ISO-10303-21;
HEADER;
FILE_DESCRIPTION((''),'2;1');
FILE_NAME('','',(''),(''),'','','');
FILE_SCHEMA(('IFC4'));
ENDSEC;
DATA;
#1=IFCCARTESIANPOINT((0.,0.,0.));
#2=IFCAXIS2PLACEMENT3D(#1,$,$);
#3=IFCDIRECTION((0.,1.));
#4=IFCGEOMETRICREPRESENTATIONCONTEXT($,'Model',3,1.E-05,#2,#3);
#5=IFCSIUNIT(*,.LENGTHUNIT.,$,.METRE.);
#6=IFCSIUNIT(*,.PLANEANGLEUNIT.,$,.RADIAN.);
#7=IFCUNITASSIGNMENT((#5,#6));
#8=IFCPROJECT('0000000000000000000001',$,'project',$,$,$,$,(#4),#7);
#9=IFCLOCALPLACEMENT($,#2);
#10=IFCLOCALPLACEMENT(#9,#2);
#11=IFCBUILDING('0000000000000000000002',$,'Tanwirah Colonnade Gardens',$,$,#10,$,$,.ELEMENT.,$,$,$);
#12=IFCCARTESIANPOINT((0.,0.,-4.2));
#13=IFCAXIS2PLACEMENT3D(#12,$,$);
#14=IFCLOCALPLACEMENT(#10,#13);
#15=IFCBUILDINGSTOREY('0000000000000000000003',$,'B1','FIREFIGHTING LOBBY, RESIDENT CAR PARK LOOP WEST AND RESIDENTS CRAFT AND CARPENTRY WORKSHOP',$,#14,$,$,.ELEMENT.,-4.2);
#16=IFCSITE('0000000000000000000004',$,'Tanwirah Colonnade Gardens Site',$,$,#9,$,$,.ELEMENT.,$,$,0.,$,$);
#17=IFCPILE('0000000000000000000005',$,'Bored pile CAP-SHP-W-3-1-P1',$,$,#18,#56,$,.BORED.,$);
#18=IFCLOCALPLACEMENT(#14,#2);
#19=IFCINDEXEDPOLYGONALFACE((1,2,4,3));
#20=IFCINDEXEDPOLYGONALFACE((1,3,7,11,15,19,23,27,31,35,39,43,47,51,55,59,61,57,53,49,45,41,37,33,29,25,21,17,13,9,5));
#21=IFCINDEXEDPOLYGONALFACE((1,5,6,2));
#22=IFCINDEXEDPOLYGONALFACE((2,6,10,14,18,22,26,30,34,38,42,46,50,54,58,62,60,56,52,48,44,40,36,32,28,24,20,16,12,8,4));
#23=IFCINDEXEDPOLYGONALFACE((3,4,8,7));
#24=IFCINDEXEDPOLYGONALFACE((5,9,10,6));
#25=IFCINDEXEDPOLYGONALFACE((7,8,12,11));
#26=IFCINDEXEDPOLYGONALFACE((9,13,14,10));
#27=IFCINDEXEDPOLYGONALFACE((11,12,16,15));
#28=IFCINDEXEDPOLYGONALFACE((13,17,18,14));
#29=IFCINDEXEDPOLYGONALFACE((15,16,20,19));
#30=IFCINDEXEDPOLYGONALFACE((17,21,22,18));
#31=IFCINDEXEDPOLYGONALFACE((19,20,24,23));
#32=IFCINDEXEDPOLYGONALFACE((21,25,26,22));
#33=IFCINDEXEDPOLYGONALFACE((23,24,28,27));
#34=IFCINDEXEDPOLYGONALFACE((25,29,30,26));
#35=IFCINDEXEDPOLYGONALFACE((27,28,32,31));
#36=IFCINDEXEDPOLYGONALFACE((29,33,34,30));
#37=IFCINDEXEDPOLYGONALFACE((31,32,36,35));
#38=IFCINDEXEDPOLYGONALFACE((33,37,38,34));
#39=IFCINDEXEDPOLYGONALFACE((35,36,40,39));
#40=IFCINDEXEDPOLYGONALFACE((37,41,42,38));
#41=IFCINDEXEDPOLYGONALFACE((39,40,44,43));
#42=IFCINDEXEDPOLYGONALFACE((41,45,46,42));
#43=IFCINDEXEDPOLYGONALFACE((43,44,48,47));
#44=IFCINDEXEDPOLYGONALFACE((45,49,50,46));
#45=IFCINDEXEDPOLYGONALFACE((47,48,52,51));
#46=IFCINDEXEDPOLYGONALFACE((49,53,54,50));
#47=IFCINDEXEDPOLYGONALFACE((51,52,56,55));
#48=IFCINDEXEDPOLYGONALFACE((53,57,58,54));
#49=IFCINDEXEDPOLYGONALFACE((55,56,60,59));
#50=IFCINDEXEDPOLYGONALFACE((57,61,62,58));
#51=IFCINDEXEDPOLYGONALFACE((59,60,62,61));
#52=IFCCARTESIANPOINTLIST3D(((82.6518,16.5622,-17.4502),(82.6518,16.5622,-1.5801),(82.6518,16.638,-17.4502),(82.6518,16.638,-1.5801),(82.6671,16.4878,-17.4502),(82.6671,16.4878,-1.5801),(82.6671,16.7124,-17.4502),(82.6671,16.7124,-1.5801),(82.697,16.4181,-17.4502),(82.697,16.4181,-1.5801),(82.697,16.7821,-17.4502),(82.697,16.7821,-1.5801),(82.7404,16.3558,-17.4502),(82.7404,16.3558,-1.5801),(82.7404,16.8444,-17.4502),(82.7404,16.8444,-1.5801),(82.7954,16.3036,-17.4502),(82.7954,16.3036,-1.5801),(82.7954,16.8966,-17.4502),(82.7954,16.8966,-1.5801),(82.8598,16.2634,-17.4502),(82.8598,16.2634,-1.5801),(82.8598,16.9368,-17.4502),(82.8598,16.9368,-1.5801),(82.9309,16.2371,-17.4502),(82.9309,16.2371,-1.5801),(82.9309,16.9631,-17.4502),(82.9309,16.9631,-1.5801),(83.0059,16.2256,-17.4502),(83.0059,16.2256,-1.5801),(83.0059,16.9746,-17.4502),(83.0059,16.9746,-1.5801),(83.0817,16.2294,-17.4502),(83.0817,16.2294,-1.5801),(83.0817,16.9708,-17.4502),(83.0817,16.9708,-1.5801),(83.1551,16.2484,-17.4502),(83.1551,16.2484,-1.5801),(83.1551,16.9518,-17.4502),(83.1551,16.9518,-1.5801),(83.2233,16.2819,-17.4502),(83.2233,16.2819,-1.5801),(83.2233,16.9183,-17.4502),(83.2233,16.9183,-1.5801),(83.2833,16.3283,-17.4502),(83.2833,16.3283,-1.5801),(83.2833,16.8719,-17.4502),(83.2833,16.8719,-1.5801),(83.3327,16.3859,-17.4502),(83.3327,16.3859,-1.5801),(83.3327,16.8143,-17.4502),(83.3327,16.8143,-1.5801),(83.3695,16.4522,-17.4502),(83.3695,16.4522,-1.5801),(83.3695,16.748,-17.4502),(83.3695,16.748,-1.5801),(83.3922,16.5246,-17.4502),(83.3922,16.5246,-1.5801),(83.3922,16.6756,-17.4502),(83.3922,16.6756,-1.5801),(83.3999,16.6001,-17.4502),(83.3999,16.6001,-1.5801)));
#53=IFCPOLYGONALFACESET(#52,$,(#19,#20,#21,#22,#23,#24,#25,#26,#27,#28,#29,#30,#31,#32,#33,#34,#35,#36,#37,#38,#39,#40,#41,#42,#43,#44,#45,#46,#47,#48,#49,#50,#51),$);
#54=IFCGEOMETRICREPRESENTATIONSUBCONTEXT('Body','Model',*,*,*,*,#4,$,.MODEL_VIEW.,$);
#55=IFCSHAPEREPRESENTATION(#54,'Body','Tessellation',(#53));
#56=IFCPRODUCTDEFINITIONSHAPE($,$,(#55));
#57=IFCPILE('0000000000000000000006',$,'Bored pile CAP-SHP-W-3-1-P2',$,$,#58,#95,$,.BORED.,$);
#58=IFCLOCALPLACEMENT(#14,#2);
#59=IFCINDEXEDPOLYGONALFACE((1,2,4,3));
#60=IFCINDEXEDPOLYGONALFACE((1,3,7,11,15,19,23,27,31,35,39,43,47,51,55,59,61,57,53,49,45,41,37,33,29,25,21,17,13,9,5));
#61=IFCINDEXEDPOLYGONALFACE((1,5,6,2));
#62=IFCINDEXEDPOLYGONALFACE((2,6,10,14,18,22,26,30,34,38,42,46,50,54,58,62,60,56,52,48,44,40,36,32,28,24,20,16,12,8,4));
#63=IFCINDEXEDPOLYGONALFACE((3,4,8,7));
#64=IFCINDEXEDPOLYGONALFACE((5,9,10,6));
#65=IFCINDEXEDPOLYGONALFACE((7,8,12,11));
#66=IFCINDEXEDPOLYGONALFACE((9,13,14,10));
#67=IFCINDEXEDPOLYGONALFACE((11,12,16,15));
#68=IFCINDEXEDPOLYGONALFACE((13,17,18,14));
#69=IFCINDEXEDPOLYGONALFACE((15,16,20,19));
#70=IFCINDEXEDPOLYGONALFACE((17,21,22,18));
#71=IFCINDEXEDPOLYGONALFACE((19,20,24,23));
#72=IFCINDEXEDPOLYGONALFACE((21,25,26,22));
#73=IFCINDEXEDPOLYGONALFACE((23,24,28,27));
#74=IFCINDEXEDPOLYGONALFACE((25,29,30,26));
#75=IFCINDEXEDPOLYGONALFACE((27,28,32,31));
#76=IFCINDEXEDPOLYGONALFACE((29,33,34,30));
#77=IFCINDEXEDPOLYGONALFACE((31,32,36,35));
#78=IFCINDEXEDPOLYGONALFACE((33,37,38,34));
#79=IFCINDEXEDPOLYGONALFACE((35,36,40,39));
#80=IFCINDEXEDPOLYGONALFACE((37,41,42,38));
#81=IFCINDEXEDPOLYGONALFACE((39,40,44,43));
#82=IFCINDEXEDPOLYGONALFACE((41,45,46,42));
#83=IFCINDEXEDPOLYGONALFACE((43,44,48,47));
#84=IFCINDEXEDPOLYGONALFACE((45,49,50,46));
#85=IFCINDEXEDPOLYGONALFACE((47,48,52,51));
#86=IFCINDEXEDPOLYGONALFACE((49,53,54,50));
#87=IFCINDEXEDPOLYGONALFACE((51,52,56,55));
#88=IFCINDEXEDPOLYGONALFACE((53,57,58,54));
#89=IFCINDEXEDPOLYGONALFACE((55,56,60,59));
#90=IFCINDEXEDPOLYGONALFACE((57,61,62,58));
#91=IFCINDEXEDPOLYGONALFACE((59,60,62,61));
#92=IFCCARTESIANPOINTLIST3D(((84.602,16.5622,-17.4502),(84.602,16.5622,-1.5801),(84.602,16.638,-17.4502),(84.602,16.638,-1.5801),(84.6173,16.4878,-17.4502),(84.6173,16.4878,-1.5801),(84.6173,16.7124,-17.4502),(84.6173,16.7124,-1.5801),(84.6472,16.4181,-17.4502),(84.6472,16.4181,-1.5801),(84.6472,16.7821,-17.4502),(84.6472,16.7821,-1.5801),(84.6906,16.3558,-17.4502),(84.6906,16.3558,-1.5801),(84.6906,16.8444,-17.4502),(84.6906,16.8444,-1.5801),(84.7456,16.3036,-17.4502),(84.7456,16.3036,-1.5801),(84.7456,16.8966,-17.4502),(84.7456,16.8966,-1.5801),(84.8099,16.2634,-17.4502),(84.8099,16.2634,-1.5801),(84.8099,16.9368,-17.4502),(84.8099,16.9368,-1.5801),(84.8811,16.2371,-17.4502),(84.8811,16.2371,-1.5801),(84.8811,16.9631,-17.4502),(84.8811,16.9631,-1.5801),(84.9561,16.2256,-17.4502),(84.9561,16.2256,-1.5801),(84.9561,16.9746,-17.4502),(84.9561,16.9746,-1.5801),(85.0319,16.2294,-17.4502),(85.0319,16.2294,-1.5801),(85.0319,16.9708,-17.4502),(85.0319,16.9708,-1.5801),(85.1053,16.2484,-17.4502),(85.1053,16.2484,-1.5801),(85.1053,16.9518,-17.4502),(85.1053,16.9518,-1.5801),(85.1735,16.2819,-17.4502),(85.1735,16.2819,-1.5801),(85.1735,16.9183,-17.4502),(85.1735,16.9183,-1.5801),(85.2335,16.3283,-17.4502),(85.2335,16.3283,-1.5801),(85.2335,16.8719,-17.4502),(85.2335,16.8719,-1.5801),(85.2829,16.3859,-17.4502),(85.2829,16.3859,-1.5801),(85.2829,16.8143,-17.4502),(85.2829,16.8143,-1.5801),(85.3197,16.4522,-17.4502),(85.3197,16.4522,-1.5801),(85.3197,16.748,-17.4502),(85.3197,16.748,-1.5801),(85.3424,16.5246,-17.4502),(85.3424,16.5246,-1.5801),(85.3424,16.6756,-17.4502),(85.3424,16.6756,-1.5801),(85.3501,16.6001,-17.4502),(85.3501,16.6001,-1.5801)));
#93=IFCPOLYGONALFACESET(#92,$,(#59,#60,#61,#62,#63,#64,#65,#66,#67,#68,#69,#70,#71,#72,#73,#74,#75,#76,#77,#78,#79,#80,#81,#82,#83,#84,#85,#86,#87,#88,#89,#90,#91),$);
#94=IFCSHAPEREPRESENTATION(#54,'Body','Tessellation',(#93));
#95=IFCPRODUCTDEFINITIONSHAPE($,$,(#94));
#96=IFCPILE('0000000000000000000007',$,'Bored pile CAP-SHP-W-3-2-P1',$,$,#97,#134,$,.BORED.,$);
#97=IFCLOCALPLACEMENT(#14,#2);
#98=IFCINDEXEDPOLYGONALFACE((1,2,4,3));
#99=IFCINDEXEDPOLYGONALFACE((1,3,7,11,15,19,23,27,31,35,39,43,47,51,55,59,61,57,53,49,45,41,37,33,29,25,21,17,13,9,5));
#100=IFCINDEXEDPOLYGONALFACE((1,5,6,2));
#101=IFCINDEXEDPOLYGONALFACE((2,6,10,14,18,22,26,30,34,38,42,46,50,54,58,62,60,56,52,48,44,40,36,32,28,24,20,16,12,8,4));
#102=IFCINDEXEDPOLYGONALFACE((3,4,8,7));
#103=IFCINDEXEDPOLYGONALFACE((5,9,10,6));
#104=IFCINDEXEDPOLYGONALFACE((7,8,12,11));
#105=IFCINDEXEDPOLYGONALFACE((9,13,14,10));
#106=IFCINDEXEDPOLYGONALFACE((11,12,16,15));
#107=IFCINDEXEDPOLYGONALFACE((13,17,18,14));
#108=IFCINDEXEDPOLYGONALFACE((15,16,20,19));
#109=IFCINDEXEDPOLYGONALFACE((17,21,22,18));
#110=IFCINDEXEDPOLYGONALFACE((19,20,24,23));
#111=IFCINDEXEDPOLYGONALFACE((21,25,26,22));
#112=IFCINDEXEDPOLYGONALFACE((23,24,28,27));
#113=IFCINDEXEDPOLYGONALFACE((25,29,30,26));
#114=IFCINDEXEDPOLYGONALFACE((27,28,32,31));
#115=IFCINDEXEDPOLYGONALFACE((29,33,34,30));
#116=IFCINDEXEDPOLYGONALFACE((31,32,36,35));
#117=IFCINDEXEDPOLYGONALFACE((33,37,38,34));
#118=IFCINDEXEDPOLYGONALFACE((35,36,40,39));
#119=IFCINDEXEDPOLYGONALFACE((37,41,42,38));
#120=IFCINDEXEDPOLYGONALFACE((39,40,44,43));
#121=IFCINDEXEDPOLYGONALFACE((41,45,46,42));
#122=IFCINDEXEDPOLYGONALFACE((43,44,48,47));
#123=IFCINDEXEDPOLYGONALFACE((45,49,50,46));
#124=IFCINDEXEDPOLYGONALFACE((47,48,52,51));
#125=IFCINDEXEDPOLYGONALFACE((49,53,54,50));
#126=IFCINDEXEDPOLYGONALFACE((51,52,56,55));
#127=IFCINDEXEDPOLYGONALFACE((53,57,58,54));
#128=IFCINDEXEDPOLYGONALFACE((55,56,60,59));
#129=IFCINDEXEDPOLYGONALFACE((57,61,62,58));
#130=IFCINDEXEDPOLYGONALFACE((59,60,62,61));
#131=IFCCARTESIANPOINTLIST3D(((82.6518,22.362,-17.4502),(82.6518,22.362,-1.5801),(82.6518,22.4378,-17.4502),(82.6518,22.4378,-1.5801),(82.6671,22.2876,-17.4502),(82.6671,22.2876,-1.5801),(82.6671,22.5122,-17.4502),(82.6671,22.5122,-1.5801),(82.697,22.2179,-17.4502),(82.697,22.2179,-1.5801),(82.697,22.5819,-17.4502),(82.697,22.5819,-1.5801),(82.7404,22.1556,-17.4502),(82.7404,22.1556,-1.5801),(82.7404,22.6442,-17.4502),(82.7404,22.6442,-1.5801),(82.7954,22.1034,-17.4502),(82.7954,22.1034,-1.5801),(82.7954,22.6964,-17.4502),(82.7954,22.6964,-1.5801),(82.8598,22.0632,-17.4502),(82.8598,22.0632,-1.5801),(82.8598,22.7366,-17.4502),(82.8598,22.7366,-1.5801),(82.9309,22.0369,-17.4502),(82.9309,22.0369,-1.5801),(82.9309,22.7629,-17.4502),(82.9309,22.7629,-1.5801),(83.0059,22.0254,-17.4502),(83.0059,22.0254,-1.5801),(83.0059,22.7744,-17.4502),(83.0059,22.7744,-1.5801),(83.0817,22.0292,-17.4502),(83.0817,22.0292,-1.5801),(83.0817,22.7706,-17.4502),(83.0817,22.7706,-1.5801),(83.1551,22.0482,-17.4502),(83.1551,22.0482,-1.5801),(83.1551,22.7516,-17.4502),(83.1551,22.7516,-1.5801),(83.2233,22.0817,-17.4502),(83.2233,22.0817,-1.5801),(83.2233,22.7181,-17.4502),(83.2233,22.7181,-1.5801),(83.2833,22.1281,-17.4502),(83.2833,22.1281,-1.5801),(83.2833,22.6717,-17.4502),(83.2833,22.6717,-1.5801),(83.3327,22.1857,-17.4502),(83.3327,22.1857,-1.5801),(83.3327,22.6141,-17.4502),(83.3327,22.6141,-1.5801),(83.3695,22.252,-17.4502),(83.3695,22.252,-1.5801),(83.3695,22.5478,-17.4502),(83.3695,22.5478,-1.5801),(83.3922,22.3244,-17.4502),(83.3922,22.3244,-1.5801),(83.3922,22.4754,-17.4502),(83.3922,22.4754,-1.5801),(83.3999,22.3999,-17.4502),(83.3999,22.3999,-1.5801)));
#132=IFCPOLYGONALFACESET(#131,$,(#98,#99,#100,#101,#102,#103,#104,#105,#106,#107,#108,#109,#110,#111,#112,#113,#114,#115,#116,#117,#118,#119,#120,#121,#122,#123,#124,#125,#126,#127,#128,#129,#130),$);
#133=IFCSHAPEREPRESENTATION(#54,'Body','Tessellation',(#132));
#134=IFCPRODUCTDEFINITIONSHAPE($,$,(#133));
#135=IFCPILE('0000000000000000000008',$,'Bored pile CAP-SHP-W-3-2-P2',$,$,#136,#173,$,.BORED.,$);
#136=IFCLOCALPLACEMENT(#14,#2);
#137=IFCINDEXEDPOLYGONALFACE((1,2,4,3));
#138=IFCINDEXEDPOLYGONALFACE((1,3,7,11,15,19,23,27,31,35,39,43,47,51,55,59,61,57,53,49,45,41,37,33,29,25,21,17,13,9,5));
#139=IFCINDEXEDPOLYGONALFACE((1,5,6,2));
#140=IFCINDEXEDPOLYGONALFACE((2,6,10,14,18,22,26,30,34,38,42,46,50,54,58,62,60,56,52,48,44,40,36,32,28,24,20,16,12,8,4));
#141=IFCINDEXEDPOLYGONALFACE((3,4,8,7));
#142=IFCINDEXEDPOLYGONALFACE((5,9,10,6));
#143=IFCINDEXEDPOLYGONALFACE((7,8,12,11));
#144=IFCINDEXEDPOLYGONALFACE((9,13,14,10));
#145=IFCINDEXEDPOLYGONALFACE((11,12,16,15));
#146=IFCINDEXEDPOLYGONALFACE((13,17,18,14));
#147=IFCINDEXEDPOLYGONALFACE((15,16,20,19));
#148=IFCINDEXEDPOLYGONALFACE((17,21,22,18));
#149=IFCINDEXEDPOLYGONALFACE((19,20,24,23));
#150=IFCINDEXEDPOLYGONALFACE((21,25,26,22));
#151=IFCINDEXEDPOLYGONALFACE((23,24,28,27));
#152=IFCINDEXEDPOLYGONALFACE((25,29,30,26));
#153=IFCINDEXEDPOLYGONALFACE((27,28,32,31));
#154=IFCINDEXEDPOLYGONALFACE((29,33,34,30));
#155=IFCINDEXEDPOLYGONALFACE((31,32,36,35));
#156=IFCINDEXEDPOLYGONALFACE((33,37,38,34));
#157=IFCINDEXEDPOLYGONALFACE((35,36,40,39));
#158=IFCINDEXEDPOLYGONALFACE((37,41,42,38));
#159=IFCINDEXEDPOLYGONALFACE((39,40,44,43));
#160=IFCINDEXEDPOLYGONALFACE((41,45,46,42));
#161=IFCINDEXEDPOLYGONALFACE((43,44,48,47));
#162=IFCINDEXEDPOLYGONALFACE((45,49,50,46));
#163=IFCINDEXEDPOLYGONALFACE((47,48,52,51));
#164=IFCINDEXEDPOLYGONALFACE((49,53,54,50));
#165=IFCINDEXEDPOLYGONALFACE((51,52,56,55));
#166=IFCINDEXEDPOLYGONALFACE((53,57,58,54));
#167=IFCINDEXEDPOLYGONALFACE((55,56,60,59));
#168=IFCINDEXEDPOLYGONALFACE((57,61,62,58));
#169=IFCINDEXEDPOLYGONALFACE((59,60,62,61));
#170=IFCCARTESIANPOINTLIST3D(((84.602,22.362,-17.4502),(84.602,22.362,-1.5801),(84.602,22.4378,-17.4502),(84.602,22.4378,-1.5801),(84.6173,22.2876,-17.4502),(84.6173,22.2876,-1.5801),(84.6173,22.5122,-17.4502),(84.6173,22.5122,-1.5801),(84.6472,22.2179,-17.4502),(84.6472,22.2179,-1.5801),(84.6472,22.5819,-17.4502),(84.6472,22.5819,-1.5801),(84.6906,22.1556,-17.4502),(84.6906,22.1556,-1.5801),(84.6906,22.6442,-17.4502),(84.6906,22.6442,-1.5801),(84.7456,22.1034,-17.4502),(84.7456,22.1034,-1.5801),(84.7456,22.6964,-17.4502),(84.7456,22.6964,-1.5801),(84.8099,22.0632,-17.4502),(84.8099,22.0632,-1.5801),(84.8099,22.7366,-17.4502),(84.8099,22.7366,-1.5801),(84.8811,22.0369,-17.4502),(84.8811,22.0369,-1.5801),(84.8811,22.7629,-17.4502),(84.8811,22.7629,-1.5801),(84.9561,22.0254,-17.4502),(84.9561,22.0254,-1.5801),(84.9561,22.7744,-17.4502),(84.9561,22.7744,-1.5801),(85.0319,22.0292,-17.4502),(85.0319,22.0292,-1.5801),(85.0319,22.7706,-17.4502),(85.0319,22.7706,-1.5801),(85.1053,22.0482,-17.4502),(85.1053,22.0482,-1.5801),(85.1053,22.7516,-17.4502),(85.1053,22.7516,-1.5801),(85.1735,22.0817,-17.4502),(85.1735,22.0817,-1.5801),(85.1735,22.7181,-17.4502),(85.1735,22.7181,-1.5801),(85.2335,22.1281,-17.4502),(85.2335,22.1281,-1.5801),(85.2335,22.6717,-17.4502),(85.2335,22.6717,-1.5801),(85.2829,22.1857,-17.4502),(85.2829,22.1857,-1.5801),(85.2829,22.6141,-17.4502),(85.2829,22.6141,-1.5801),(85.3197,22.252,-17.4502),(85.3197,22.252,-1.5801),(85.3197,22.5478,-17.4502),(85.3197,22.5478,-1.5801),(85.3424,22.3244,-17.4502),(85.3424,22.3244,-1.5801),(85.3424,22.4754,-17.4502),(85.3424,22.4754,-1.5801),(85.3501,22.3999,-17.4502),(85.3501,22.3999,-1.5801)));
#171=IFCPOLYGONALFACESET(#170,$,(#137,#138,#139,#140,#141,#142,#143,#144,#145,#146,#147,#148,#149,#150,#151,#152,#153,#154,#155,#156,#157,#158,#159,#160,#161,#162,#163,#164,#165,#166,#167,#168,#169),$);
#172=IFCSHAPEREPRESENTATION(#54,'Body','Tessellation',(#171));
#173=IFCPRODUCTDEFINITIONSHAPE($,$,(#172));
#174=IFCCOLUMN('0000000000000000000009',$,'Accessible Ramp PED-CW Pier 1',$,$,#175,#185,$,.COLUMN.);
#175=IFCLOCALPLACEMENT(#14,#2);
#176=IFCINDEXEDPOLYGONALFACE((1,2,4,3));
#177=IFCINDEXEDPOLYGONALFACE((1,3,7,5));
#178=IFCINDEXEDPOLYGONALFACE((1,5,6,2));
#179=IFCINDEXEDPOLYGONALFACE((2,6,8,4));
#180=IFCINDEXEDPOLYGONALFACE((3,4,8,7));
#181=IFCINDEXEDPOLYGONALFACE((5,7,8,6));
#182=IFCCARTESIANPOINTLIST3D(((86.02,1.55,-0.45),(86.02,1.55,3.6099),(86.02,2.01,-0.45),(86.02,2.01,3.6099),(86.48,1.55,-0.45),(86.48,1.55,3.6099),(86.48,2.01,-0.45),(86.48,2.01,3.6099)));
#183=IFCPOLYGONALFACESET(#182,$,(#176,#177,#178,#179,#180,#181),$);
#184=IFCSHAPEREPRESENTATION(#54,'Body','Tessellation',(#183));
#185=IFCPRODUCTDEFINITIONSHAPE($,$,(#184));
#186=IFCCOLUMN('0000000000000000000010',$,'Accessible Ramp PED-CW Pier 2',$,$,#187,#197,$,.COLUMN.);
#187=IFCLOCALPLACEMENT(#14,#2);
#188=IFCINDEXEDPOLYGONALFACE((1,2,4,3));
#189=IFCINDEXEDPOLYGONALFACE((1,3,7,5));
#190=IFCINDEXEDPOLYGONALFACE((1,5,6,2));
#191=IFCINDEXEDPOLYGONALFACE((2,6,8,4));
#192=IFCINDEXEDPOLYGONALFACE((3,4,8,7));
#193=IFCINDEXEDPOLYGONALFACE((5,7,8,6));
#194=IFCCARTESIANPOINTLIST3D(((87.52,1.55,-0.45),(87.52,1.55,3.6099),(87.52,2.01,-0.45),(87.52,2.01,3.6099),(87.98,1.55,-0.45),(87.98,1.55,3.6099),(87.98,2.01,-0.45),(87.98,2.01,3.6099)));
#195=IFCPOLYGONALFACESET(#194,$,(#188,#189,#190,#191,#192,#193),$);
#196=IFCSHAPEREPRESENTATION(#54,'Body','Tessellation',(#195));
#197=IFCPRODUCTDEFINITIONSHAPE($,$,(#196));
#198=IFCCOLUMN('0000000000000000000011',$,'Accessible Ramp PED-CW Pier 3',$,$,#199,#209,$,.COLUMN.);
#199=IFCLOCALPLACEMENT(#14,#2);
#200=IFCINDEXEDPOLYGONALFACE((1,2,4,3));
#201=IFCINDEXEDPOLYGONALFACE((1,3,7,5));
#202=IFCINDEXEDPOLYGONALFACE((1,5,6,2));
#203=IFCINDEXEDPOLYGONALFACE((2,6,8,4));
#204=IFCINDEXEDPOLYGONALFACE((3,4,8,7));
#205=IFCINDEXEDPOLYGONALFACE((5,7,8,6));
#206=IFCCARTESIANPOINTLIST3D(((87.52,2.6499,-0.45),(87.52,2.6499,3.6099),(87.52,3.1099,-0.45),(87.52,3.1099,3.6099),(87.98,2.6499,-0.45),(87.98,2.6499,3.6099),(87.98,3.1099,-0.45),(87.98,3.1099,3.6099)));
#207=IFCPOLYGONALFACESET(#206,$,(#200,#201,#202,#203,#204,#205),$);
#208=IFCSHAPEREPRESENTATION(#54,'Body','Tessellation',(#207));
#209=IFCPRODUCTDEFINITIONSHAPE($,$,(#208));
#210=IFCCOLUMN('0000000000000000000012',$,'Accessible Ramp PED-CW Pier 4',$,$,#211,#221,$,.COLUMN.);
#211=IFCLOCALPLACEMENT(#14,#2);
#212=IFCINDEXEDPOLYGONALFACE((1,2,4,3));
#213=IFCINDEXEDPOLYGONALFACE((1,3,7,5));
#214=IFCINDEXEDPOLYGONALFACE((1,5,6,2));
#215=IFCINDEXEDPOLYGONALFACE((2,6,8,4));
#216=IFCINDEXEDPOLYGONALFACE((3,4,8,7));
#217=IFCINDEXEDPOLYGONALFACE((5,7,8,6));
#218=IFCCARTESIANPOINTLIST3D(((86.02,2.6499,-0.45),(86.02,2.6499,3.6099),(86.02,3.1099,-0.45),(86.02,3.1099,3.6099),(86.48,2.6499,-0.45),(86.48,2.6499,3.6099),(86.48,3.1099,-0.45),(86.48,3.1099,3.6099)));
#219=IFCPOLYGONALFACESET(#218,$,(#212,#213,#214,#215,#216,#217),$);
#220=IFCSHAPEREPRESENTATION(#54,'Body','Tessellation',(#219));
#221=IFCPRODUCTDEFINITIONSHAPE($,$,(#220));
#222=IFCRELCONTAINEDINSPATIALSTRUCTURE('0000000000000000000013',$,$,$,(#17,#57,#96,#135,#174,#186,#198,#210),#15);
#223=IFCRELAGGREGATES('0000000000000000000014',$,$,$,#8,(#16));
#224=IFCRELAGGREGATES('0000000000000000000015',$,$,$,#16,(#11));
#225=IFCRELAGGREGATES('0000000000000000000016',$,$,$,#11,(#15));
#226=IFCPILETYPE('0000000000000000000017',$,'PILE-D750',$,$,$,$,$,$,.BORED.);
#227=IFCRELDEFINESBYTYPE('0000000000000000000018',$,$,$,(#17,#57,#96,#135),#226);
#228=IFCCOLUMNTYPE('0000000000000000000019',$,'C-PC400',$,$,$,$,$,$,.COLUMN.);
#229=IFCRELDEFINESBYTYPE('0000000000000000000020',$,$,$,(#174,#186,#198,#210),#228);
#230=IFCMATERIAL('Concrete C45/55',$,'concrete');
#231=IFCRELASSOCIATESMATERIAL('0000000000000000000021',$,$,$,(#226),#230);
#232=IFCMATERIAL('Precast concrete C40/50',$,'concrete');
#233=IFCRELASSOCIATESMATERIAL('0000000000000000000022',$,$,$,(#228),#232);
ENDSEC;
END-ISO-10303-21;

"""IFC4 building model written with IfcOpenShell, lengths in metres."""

from ifc_helpers import new_model, si_unit, direction, frame, origin, origin_2d, place, context, subcontext, project, spatial, rectangle, circle, extrude, material, material_profile, profile_set, type_object, element, save


model = new_model("IFC4")

# Units and contexts
model_context = context("Model", 3, precision=1e-05, world=origin(), true_north=direction((0.0, 1.0)))
body_context = subcontext(model_context, "Body", "Model", "MODEL_VIEW")
ifc_project = project(units=[si_unit("LENGTHUNIT", "METRE"), si_unit("PLANEANGLEUNIT", "RADIAN")], contexts=[model_context])

# Site, building, storey
site_placement = place(None, origin())
site = spatial("IfcSite", under=ifc_project, at=site_placement, Name="Tanwirah Colonnade Gardens Site", CompositionType="ELEMENT", RefElevation=0.0)
building_placement = place(site_placement, origin())
building = spatial("IfcBuilding", under=site, at=building_placement, Name="Tanwirah Colonnade Gardens", CompositionType="ELEMENT")
storey_placement = place(building_placement, frame((0.0, 0.0, -4.2)))
storey = spatial("IfcBuildingStorey", under=building, at=storey_placement, Name="B1", Description="FIREFIGHTING LOBBY, RESIDENT CAR PARK LOOP WEST AND RESIDENTS CRAFT AND CARPENTRY WORKSHOP", CompositionType="ELEMENT", Elevation=-4.2)

# Shared definitions
ifc_material_1 = material(Name="Concrete C45/55", Category="concrete")

# Piles
ifc_material_profile_1 = material_profile(ifc_material_1, circle(Radius=0.375, at=origin_2d()), Name="PILE D750")
ifc_profile_set_1 = profile_set([ifc_material_profile_1], Name="Concrete C45/55")
pile_type = type_object("IfcPileType", Name="PILE-D750", PredefinedType="BORED", material=ifc_profile_set_1)
for number, where, z_axis, x_axis, name in (
    (1, (83.0249, 16.6001, -1.5801), (0.0, 0.0, -1.0), (1.0, 0.0, 0.0), "Bored pile CAP-SHP-W-3-1-P1"),
    (2, (84.9751, 16.6001, -1.5801), (0.0, 0.0, -1.0), (1.0, 0.0, 0.0), "Bored pile CAP-SHP-W-3-1-P2"),
    (3, (83.0249, 22.3999, -1.5801), (0.0, 0.0, -1.0), (1.0, 0.0, 0.0), "Bored pile CAP-SHP-W-3-2-P1"),
    (4, (84.9751, 22.3999, -1.5801), (0.0, 0.0, -1.0), (1.0, 0.0, 0.0), "Bored pile CAP-SHP-W-3-2-P2"),
):
    element("IfcPile", number, at=place(storey_placement, frame(where, z_axis=z_axis, x_axis=x_axis)), inside=storey, type_object=pile_type, Name=name, PredefinedType="BORED", context=body_context, shape_type="SweptSolid", body=[
        extrude(circle(Radius=0.375, at=origin_2d()), origin(), (0.0, 0.0, 1.0), 15.8701),
    ])

# Columns
ifc_material_2 = material(Name="Precast concrete C40/50", Category="concrete")
ifc_material_profile_2 = material_profile(ifc_material_2, rectangle(XDim=0.46, YDim=0.46, at=origin_2d()), Name="PC-COL 460x460")
ifc_profile_set_2 = profile_set([ifc_material_profile_2], Name="Precast concrete C40/50")
column_type_1 = type_object("IfcColumnType", Name="C-PC400", PredefinedType="COLUMN", material=ifc_profile_set_2)
for number, where, z_axis, x_axis, name in (
    (5, (86.25, 1.78, -0.45), (0.0, 0.0, 1.0), (1.0, 0.0, 0.0), "Accessible Ramp PED-CW Pier 1"),
    (6, (87.75, 1.78, -0.45), (0.0, 0.0, 1.0), (1.0, 0.0, 0.0), "Accessible Ramp PED-CW Pier 2"),
    (7, (87.75, 2.8799, -0.45), (0.0, 0.0, 1.0), (1.0, 0.0, 0.0), "Accessible Ramp PED-CW Pier 3"),
    (8, (86.25, 2.8799, -0.45), (0.0, 0.0, 1.0), (1.0, 0.0, 0.0), "Accessible Ramp PED-CW Pier 4"),
):
    element("IfcColumn", number, at=place(storey_placement, frame(where, z_axis=z_axis, x_axis=x_axis)), inside=storey, type_object=column_type_1, Name=name, PredefinedType="COLUMN", context=body_context, shape_type="SweptSolid", body=[
        extrude(rectangle(XDim=0.46, YDim=0.46, at=origin_2d()), origin(), (0.0, 0.0, 1.0), 4.0598),
    ])

save(model, "model.ifc")
